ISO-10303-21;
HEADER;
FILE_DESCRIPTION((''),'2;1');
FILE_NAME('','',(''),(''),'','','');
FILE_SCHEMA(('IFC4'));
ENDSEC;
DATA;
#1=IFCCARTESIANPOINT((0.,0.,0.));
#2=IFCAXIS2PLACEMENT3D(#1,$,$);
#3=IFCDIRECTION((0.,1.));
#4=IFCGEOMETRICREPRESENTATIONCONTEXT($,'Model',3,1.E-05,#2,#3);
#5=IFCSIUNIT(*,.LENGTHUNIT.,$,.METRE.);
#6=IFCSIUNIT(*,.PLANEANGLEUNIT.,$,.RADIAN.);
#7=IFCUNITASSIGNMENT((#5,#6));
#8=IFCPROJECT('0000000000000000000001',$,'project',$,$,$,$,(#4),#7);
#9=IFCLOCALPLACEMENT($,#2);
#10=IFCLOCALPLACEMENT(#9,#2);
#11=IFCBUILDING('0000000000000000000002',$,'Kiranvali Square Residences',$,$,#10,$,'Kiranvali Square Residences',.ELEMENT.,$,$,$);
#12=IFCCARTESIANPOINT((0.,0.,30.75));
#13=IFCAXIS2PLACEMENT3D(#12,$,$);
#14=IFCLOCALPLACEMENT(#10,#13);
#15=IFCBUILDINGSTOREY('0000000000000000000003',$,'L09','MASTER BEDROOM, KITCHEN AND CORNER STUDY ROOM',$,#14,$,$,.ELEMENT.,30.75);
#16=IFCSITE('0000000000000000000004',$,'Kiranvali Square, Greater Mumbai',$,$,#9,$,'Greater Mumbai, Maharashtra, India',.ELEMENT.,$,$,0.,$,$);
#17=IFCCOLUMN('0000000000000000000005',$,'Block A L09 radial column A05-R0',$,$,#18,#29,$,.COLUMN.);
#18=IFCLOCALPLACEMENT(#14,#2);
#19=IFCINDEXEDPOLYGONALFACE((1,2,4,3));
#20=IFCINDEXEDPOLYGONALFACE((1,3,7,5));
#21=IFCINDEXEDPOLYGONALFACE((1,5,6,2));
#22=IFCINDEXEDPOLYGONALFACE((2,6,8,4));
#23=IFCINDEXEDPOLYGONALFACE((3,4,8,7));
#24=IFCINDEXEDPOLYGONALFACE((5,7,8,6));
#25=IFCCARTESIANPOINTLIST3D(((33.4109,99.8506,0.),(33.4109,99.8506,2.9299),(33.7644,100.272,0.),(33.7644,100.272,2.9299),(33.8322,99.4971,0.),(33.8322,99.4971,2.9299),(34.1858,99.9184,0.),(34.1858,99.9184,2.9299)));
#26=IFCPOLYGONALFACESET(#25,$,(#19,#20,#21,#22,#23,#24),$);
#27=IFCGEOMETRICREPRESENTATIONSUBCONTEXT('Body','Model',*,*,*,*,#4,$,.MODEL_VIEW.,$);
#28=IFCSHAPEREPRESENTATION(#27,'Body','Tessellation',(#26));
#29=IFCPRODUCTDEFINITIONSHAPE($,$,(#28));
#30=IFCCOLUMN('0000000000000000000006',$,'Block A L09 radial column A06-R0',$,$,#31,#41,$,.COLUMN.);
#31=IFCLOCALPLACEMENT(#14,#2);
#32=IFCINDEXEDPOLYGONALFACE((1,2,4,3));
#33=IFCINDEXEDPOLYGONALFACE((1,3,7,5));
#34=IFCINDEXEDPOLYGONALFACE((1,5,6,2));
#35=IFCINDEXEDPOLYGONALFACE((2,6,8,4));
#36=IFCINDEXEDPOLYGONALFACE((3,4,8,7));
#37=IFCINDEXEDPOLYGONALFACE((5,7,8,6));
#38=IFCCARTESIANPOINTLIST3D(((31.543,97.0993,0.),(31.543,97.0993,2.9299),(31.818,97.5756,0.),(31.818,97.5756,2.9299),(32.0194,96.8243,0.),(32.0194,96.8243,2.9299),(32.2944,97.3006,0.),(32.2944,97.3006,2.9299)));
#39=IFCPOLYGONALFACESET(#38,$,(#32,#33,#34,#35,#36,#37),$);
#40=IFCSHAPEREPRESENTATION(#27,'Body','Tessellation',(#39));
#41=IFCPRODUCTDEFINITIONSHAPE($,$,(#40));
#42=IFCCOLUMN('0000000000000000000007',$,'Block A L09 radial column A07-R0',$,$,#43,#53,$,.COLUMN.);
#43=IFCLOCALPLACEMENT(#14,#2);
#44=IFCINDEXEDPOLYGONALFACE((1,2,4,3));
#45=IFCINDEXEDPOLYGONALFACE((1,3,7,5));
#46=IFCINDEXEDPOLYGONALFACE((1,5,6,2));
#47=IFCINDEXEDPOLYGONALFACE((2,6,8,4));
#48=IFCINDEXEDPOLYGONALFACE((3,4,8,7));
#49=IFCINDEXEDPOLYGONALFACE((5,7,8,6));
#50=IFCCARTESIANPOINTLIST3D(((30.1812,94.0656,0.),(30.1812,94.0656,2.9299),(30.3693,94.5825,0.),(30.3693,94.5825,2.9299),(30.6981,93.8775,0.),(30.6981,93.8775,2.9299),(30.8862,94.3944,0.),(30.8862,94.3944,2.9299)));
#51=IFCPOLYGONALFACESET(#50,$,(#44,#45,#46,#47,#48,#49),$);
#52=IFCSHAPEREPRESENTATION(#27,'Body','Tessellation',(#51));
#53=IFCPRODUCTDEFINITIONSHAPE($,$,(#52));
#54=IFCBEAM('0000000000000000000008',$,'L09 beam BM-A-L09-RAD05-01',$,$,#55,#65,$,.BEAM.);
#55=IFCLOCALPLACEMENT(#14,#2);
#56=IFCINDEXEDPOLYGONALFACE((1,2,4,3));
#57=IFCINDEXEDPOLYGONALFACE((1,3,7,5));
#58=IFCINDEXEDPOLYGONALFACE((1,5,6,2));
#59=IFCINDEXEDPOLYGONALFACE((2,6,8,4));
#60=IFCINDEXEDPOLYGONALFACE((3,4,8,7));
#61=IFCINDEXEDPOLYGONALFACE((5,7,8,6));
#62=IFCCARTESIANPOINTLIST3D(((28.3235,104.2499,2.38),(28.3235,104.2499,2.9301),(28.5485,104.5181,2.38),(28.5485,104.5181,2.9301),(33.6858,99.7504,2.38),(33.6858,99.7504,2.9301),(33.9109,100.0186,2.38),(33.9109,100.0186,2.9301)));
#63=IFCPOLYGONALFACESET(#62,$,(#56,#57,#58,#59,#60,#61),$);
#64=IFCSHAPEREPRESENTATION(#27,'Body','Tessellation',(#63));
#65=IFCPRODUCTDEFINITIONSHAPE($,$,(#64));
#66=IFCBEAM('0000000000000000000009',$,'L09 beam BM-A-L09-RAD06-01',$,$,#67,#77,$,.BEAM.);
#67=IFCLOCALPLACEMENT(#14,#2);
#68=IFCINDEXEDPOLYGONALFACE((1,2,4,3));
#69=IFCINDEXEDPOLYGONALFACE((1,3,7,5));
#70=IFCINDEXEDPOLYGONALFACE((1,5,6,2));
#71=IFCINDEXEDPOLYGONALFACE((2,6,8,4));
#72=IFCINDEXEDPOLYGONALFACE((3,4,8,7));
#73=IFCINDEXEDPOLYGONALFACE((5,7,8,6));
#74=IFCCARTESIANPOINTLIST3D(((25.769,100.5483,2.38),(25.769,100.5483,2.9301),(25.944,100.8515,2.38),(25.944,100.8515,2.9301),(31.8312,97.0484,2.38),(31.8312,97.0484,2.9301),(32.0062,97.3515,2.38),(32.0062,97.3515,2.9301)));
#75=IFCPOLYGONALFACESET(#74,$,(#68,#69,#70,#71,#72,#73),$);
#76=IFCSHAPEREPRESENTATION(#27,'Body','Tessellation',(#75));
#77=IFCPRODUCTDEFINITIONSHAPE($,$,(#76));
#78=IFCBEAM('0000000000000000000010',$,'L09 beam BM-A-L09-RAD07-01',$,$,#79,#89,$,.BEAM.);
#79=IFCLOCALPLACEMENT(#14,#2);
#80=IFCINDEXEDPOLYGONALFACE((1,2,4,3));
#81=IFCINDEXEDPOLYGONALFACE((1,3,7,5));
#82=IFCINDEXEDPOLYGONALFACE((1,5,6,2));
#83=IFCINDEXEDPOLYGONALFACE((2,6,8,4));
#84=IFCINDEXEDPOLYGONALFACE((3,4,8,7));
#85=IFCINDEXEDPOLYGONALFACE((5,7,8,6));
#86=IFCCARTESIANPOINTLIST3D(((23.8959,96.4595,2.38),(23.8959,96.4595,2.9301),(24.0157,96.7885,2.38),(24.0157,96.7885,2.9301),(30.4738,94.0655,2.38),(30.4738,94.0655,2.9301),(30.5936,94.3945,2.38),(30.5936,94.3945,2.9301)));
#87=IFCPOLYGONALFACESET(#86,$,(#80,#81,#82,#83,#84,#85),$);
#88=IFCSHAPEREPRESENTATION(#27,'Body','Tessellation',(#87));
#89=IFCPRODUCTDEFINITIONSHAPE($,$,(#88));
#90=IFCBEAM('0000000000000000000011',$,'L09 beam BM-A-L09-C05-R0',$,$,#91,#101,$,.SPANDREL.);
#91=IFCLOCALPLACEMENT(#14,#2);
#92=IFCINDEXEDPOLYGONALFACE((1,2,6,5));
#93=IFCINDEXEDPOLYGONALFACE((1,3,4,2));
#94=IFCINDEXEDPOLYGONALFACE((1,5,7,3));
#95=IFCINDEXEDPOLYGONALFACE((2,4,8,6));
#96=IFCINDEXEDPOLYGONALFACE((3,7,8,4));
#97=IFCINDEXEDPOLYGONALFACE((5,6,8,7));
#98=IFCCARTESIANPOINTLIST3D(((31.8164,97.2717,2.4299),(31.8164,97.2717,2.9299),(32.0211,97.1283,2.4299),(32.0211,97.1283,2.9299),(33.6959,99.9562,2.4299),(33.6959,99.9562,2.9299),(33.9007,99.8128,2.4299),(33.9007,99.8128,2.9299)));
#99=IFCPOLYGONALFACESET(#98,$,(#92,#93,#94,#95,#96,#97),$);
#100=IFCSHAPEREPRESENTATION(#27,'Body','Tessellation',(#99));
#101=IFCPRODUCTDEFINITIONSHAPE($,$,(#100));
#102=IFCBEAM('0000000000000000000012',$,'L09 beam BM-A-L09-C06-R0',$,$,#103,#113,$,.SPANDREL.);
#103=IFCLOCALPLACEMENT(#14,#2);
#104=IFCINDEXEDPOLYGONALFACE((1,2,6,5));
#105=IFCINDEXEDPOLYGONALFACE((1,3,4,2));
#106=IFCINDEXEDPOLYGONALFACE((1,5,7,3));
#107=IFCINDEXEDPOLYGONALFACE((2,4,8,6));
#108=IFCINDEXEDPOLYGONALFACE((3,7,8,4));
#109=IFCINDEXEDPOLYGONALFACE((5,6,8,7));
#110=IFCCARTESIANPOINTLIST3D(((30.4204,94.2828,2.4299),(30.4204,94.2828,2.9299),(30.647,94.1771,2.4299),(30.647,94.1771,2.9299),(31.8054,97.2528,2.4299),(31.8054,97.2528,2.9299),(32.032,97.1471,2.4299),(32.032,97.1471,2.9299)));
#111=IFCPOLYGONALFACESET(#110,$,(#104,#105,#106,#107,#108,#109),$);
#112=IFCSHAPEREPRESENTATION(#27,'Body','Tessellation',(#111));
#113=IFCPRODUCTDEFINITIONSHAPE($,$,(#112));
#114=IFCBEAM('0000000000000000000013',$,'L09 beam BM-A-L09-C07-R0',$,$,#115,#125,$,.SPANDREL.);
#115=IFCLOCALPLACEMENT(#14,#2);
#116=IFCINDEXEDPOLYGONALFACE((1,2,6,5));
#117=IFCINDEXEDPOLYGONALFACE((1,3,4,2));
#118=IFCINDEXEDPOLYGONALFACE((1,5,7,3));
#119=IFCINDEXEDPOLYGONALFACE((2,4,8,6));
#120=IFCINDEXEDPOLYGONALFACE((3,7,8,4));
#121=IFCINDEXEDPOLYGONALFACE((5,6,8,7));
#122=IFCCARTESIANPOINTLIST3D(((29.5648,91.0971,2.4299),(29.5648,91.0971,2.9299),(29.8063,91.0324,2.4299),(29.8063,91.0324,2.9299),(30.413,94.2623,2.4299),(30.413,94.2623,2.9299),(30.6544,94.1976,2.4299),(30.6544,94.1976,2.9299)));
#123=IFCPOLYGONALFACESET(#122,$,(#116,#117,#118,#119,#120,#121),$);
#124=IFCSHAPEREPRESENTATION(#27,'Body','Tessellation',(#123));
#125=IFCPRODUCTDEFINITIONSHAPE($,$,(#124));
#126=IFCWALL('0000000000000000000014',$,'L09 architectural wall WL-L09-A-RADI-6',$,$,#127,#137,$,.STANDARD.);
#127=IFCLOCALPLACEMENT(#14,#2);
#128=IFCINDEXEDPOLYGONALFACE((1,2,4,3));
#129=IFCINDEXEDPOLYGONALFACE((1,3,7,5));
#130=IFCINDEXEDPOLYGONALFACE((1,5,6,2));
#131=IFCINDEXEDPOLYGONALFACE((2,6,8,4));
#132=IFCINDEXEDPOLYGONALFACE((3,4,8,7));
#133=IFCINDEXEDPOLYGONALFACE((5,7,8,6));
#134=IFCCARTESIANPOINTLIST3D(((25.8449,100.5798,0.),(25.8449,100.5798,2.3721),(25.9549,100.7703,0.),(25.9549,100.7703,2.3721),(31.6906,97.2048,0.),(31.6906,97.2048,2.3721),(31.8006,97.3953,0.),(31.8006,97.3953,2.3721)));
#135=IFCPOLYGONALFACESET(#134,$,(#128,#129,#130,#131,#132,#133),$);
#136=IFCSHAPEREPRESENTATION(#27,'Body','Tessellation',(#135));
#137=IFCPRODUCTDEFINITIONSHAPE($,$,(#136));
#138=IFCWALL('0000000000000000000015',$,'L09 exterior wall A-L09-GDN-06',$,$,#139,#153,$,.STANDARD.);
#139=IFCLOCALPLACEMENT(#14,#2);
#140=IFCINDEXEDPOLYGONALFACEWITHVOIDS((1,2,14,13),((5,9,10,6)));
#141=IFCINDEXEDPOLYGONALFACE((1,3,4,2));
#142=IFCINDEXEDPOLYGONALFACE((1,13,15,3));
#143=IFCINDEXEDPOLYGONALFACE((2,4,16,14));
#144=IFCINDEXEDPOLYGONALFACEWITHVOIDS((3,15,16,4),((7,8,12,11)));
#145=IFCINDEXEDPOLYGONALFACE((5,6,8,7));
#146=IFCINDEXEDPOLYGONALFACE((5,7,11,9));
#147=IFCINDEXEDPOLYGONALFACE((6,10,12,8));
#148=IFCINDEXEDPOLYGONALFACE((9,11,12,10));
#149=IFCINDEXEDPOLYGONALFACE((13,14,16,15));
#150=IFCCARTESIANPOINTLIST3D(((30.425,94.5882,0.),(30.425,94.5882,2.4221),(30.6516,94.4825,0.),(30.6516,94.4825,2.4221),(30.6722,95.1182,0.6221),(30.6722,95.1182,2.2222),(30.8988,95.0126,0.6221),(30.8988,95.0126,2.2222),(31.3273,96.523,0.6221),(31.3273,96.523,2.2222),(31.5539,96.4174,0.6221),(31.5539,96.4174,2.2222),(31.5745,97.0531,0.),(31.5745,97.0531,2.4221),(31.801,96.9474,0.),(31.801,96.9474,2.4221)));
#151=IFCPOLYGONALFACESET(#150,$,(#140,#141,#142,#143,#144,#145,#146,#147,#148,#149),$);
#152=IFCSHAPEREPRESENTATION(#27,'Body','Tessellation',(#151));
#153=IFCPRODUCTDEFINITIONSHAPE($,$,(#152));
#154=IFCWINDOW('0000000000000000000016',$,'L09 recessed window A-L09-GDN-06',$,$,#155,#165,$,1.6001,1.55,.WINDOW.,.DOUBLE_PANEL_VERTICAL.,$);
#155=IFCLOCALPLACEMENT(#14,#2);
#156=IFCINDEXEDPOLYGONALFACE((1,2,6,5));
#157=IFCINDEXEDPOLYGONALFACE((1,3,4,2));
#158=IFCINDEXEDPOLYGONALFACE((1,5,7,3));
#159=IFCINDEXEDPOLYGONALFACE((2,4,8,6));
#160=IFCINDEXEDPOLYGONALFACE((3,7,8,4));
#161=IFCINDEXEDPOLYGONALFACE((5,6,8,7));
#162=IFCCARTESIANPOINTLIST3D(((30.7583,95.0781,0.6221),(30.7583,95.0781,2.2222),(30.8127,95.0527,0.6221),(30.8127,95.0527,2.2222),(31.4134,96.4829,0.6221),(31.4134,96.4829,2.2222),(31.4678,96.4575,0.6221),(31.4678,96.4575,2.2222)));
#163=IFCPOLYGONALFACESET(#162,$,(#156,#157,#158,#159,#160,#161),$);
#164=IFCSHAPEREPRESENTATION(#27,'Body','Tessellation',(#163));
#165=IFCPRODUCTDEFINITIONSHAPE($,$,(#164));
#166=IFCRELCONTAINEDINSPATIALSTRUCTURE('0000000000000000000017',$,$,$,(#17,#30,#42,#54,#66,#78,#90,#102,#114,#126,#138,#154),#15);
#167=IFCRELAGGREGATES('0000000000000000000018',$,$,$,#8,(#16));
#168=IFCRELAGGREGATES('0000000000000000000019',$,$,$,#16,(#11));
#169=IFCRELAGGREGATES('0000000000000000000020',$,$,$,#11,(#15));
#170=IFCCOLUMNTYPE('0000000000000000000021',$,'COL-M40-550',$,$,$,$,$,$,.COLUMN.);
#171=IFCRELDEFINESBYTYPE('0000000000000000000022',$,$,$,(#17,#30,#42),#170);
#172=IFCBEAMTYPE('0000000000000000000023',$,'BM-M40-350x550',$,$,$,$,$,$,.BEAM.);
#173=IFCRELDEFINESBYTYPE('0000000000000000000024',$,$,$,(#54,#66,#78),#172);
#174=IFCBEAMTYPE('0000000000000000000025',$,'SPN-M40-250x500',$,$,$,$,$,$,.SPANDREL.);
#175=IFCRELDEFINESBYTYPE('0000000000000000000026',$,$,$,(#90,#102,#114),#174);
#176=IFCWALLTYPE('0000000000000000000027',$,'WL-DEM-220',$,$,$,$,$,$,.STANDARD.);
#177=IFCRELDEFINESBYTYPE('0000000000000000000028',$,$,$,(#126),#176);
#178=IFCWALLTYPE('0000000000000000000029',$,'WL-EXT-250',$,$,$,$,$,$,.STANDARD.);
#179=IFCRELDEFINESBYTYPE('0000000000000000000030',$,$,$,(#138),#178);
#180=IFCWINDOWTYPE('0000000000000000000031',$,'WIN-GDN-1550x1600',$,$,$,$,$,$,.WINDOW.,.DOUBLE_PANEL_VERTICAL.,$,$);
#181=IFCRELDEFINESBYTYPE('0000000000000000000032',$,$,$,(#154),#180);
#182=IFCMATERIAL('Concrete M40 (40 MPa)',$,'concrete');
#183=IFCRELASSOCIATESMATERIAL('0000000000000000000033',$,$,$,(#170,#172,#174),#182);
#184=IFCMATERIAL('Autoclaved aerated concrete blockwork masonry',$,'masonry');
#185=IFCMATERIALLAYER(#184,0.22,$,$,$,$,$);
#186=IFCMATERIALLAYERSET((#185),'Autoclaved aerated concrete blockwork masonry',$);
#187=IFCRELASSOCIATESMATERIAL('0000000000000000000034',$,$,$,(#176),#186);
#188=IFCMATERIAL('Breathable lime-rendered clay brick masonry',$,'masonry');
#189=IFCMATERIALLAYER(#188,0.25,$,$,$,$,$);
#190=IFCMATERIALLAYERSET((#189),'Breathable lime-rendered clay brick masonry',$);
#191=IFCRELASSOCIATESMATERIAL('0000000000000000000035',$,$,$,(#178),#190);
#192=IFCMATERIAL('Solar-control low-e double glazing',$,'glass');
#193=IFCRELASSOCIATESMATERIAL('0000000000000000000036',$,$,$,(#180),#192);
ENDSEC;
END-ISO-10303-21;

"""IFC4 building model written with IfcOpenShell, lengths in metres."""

from ifc_helpers import new_model, si_unit, direction, frame, frame_2d, origin, origin_2d, place, context, subcontext, project, spatial, rectangle, extrude, material, layer, layer_set, material_profile, profile_set, type_object, element, fill, save


model = new_model("IFC4")

# Units and contexts
model_context = context("Model", 3, precision=1e-05, world=origin(), true_north=direction((0.0, 1.0)))
body_context = subcontext(model_context, "Body", "Model", "MODEL_VIEW")
ifc_project = project(units=[si_unit("LENGTHUNIT", "METRE"), si_unit("PLANEANGLEUNIT", "RADIAN")], contexts=[model_context])

# Site, building, storey
site_placement = place(None, origin())
site = spatial("IfcSite", under=ifc_project, at=site_placement, Name="Kiranvali Square, Greater Mumbai", LongName="Greater Mumbai, Maharashtra, India", CompositionType="ELEMENT", RefElevation=0.0)
building_placement = place(site_placement, origin())
building = spatial("IfcBuilding", under=site, at=building_placement, Name="Kiranvali Square Residences", LongName="Kiranvali Square Residences", CompositionType="ELEMENT")
storey_placement = place(building_placement, frame((0.0, 0.0, 30.75)))
storey = spatial("IfcBuildingStorey", under=building, at=storey_placement, Name="L09", Description="MASTER BEDROOM, KITCHEN AND CORNER STUDY ROOM", CompositionType="ELEMENT", Elevation=30.75)

# Columns
ifc_material_1 = material(Name="Concrete M40 (40 MPa)", Category="concrete")
ifc_material_profile_1 = material_profile(ifc_material_1, rectangle(XDim=0.55, YDim=0.55, at=origin_2d()), Name="RC 550x550")
ifc_profile_set_1 = profile_set([ifc_material_profile_1], Name="Concrete M40 (40 MPa)")
column_type = type_object("IfcColumnType", Name="COL-M40-550", PredefinedType="COLUMN", material=ifc_profile_set_1)
for number, where, z_axis, x_axis, name in (
    (1, (33.7983, 99.8845, 0.0), (0.0, 0.0, 1.0), (0.642788, 0.766044, 0.0), "Block A L09 radial column A05-R0"),
    (2, (31.9187, 97.2, 0.0), (0.0, 0.0, 1.0), (0.5, 0.866025, 0.0), "Block A L09 radial column A06-R0"),
    (3, (30.5337, 94.23, 0.0), (0.0, 0.0, 1.0), (0.34202, 0.939693, 0.0), "Block A L09 radial column A07-R0"),
):
    element("IfcColumn", number, at=place(storey_placement, frame(where, z_axis=z_axis, x_axis=x_axis)), inside=storey, type_object=column_type, Name=name, PredefinedType="COLUMN", context=body_context, shape_type="SweptSolid", body=[
        extrude(rectangle(XDim=0.55, YDim=0.55, at=origin_2d()), origin(), (0.0, 0.0, 1.0), 2.9299),
    ])

# Beams
ifc_material_profile_2 = material_profile(ifc_material_1, rectangle(XDim=0.3501, YDim=0.55, at=origin_2d()), Name="RC 350x550")
ifc_profile_set_2 = profile_set([ifc_material_profile_2], Name="Concrete M40 (40 MPa)")
beam_type_1 = type_object("IfcBeamType", Name="BM-M40-350x550", PredefinedType="BEAM", material=ifc_profile_set_2)
for number, where, z_axis, x_axis, name in (
    (4, (33.7983, 99.8845, 2.655), (-0.766044, 0.642788, 0.0), (-0.642788, -0.766044, 0.0), "L09 beam BM-A-L09-RAD05-01"),
    (5, (31.9187, 97.2, 2.655), (-0.866028, 0.499995, 0.0), (-0.499995, -0.866028, 0.0), "L09 beam BM-A-L09-RAD06-01"),
    (6, (30.5337, 94.23, 2.655), (-0.939698, 0.342006, 0.0), (-0.342006, -0.939698, 0.0), "L09 beam BM-A-L09-RAD07-01"),
):
    element("IfcBeam", number, at=place(storey_placement, frame(where, z_axis=z_axis, x_axis=x_axis)), inside=storey, type_object=beam_type_1, Name=name, PredefinedType="BEAM", context=body_context, shape_type="SweptSolid", body=[
        extrude(rectangle(XDim=0.3501, YDim=0.55, at=origin_2d()), origin(), (0.0, 0.0, 1.0), 7.0),
    ])
ifc_material_profile_3 = material_profile(ifc_material_1, rectangle(XDim=0.25, YDim=0.5, at=origin_2d()), Name="RC 250x500")
ifc_profile_set_3 = profile_set([ifc_material_profile_3], Name="Concrete M40 (40 MPa)")
beam_type_2 = type_object("IfcBeamType", Name="SPN-M40-250x500", PredefinedType="SPANDREL", material=ifc_profile_set_3)
for number, where, z_axis, x_axis, name in (
    (7, (33.7983, 99.8845, 2.6799), (-0.573552, -0.819169, 0.0), (0.819169, -0.573552, 0.0), "L09 beam BM-A-L09-C05-R0"),
    (8, (31.9187, 97.2, 2.6799), (-0.422641, -0.906297, 0.0), (0.906297, -0.422641, 0.0), "L09 beam BM-A-L09-C06-R0"),
):
    element("IfcBeam", number, at=place(storey_placement, frame(where, z_axis=z_axis, x_axis=x_axis)), inside=storey, type_object=beam_type_2, Name=name, PredefinedType="SPANDREL", context=body_context, shape_type="SweptSolid", body=[
        extrude(rectangle(XDim=0.25, YDim=0.5, at=origin_2d()), origin(), (0.0, 0.0, 1.0), 3.2771),
    ])
beam_placement = place(storey_placement, frame((30.5337, 94.23, 2.6799), z_axis=(-0.258822, -0.965925, 0.0), x_axis=(0.965925, -0.258822, 0.0)))
element("IfcBeam", 9, at=beam_placement, inside=storey, type_object=beam_type_2, Name="L09 beam BM-A-L09-C07-R0", PredefinedType="SPANDREL", context=body_context, shape_type="SweptSolid", body=[
    extrude(rectangle(XDim=0.25, YDim=0.5, at=origin_2d()), origin(), (0.0, 0.0, 1.0), 3.2769),
])

# Wall
ifc_material_2 = material(Name="Autoclaved aerated concrete blockwork masonry", Category="masonry")
ifc_layer_1 = layer(ifc_material_2, 0.22)
ifc_layer_set_1 = layer_set([ifc_layer_1], Name="Autoclaved aerated concrete blockwork masonry")
wall_type_1 = type_object("IfcWallType", Name="WL-DEM-220", PredefinedType="STANDARD", material=ifc_layer_set_1)
wall_1_placement = place(storey_placement, frame((31.7456, 97.3, 0.0), z_axis=(0.0, 0.0, 1.0), x_axis=(-0.866027, 0.499998, 0.0)))
element("IfcWall", 10, at=wall_1_placement, inside=storey, type_object=wall_type_1, Name="L09 architectural wall WL-L09-A-RADI-6", PredefinedType="STANDARD", context=body_context, shape_type="SweptSolid", body=[
    extrude(rectangle(XDim=6.75, YDim=0.22, at=frame_2d((3.375, 0.0))), origin(), (0.0, 0.0, 1.0), 2.3721),
])

# Shared definitions
ifc_material_3 = material(Name="Breathable lime-rendered clay brick masonry", Category="masonry")
ifc_layer_2 = layer(ifc_material_3, 0.25)
ifc_layer_set_2 = layer_set([ifc_layer_2], Name="Breathable lime-rendered clay brick masonry")
wall_type_2 = type_object("IfcWallType", Name="WL-EXT-250", PredefinedType="STANDARD", material=ifc_layer_set_2)

# Wall, opening, window
wall_2_placement = place(storey_placement, frame((31.6877, 97.0002, 0.0), z_axis=(0.0, 0.0, 1.0), x_axis=(-0.42263, -0.906302, 0.0)))
wall_2 = element("IfcWall", 11, at=wall_2_placement, inside=storey, type_object=wall_type_2, Name="L09 exterior wall A-L09-GDN-06", PredefinedType="STANDARD", context=body_context, shape_type="SweptSolid", body=[
    extrude(rectangle(XDim=2.7197, YDim=0.25, at=frame_2d((1.3599, 0.0))), origin(), (0.0, 0.0, 1.0), 2.4221),
])
opening_1_placement = place(wall_2_placement, frame((0.585, 0.0, 0.6221)))
opening_1 = element("IfcOpeningElement", 12, at=opening_1_placement, cuts=wall_2, PredefinedType="OPENING", context=body_context, shape_type="SweptSolid", body=[
    extrude(rectangle(XDim=1.55, YDim=1.6001, at=frame_2d((0.7749, 0.8))), frame((0.0, 0.135, 0.0), z_axis=(0.0, -1.0, 0.0), x_axis=(1.0, 0.0, 0.0)), (0.0, 0.0, 1.0), 0.27),
])
ifc_material_4 = material(Name="Solar-control low-e double glazing", Category="glass")
window_type = type_object("IfcWindowType", Name="WIN-GDN-1550x1600", PartitioningType="DOUBLE_PANEL_VERTICAL", PredefinedType="WINDOW", material=ifc_material_4)
window_placement = place(opening_1_placement, origin())
window = element("IfcWindow", 13, at=window_placement, inside=storey, type_object=window_type, Name="L09 recessed window A-L09-GDN-06", OverallHeight=1.6001, OverallWidth=1.55, PartitioningType="DOUBLE_PANEL_VERTICAL", PredefinedType="WINDOW", context=body_context, shape_type="SweptSolid", body=[
    extrude(rectangle(XDim=1.55, YDim=1.6001, at=frame_2d((0.7749, 0.8))), frame((0.0, 0.03, 0.0), z_axis=(0.0, -1.0, 0.0), x_axis=(1.0, 0.0, 0.0)), (0.0, 0.0, 1.0), 0.0601),
])
fill(opening_1, window)

save(model, "model.ifc")
